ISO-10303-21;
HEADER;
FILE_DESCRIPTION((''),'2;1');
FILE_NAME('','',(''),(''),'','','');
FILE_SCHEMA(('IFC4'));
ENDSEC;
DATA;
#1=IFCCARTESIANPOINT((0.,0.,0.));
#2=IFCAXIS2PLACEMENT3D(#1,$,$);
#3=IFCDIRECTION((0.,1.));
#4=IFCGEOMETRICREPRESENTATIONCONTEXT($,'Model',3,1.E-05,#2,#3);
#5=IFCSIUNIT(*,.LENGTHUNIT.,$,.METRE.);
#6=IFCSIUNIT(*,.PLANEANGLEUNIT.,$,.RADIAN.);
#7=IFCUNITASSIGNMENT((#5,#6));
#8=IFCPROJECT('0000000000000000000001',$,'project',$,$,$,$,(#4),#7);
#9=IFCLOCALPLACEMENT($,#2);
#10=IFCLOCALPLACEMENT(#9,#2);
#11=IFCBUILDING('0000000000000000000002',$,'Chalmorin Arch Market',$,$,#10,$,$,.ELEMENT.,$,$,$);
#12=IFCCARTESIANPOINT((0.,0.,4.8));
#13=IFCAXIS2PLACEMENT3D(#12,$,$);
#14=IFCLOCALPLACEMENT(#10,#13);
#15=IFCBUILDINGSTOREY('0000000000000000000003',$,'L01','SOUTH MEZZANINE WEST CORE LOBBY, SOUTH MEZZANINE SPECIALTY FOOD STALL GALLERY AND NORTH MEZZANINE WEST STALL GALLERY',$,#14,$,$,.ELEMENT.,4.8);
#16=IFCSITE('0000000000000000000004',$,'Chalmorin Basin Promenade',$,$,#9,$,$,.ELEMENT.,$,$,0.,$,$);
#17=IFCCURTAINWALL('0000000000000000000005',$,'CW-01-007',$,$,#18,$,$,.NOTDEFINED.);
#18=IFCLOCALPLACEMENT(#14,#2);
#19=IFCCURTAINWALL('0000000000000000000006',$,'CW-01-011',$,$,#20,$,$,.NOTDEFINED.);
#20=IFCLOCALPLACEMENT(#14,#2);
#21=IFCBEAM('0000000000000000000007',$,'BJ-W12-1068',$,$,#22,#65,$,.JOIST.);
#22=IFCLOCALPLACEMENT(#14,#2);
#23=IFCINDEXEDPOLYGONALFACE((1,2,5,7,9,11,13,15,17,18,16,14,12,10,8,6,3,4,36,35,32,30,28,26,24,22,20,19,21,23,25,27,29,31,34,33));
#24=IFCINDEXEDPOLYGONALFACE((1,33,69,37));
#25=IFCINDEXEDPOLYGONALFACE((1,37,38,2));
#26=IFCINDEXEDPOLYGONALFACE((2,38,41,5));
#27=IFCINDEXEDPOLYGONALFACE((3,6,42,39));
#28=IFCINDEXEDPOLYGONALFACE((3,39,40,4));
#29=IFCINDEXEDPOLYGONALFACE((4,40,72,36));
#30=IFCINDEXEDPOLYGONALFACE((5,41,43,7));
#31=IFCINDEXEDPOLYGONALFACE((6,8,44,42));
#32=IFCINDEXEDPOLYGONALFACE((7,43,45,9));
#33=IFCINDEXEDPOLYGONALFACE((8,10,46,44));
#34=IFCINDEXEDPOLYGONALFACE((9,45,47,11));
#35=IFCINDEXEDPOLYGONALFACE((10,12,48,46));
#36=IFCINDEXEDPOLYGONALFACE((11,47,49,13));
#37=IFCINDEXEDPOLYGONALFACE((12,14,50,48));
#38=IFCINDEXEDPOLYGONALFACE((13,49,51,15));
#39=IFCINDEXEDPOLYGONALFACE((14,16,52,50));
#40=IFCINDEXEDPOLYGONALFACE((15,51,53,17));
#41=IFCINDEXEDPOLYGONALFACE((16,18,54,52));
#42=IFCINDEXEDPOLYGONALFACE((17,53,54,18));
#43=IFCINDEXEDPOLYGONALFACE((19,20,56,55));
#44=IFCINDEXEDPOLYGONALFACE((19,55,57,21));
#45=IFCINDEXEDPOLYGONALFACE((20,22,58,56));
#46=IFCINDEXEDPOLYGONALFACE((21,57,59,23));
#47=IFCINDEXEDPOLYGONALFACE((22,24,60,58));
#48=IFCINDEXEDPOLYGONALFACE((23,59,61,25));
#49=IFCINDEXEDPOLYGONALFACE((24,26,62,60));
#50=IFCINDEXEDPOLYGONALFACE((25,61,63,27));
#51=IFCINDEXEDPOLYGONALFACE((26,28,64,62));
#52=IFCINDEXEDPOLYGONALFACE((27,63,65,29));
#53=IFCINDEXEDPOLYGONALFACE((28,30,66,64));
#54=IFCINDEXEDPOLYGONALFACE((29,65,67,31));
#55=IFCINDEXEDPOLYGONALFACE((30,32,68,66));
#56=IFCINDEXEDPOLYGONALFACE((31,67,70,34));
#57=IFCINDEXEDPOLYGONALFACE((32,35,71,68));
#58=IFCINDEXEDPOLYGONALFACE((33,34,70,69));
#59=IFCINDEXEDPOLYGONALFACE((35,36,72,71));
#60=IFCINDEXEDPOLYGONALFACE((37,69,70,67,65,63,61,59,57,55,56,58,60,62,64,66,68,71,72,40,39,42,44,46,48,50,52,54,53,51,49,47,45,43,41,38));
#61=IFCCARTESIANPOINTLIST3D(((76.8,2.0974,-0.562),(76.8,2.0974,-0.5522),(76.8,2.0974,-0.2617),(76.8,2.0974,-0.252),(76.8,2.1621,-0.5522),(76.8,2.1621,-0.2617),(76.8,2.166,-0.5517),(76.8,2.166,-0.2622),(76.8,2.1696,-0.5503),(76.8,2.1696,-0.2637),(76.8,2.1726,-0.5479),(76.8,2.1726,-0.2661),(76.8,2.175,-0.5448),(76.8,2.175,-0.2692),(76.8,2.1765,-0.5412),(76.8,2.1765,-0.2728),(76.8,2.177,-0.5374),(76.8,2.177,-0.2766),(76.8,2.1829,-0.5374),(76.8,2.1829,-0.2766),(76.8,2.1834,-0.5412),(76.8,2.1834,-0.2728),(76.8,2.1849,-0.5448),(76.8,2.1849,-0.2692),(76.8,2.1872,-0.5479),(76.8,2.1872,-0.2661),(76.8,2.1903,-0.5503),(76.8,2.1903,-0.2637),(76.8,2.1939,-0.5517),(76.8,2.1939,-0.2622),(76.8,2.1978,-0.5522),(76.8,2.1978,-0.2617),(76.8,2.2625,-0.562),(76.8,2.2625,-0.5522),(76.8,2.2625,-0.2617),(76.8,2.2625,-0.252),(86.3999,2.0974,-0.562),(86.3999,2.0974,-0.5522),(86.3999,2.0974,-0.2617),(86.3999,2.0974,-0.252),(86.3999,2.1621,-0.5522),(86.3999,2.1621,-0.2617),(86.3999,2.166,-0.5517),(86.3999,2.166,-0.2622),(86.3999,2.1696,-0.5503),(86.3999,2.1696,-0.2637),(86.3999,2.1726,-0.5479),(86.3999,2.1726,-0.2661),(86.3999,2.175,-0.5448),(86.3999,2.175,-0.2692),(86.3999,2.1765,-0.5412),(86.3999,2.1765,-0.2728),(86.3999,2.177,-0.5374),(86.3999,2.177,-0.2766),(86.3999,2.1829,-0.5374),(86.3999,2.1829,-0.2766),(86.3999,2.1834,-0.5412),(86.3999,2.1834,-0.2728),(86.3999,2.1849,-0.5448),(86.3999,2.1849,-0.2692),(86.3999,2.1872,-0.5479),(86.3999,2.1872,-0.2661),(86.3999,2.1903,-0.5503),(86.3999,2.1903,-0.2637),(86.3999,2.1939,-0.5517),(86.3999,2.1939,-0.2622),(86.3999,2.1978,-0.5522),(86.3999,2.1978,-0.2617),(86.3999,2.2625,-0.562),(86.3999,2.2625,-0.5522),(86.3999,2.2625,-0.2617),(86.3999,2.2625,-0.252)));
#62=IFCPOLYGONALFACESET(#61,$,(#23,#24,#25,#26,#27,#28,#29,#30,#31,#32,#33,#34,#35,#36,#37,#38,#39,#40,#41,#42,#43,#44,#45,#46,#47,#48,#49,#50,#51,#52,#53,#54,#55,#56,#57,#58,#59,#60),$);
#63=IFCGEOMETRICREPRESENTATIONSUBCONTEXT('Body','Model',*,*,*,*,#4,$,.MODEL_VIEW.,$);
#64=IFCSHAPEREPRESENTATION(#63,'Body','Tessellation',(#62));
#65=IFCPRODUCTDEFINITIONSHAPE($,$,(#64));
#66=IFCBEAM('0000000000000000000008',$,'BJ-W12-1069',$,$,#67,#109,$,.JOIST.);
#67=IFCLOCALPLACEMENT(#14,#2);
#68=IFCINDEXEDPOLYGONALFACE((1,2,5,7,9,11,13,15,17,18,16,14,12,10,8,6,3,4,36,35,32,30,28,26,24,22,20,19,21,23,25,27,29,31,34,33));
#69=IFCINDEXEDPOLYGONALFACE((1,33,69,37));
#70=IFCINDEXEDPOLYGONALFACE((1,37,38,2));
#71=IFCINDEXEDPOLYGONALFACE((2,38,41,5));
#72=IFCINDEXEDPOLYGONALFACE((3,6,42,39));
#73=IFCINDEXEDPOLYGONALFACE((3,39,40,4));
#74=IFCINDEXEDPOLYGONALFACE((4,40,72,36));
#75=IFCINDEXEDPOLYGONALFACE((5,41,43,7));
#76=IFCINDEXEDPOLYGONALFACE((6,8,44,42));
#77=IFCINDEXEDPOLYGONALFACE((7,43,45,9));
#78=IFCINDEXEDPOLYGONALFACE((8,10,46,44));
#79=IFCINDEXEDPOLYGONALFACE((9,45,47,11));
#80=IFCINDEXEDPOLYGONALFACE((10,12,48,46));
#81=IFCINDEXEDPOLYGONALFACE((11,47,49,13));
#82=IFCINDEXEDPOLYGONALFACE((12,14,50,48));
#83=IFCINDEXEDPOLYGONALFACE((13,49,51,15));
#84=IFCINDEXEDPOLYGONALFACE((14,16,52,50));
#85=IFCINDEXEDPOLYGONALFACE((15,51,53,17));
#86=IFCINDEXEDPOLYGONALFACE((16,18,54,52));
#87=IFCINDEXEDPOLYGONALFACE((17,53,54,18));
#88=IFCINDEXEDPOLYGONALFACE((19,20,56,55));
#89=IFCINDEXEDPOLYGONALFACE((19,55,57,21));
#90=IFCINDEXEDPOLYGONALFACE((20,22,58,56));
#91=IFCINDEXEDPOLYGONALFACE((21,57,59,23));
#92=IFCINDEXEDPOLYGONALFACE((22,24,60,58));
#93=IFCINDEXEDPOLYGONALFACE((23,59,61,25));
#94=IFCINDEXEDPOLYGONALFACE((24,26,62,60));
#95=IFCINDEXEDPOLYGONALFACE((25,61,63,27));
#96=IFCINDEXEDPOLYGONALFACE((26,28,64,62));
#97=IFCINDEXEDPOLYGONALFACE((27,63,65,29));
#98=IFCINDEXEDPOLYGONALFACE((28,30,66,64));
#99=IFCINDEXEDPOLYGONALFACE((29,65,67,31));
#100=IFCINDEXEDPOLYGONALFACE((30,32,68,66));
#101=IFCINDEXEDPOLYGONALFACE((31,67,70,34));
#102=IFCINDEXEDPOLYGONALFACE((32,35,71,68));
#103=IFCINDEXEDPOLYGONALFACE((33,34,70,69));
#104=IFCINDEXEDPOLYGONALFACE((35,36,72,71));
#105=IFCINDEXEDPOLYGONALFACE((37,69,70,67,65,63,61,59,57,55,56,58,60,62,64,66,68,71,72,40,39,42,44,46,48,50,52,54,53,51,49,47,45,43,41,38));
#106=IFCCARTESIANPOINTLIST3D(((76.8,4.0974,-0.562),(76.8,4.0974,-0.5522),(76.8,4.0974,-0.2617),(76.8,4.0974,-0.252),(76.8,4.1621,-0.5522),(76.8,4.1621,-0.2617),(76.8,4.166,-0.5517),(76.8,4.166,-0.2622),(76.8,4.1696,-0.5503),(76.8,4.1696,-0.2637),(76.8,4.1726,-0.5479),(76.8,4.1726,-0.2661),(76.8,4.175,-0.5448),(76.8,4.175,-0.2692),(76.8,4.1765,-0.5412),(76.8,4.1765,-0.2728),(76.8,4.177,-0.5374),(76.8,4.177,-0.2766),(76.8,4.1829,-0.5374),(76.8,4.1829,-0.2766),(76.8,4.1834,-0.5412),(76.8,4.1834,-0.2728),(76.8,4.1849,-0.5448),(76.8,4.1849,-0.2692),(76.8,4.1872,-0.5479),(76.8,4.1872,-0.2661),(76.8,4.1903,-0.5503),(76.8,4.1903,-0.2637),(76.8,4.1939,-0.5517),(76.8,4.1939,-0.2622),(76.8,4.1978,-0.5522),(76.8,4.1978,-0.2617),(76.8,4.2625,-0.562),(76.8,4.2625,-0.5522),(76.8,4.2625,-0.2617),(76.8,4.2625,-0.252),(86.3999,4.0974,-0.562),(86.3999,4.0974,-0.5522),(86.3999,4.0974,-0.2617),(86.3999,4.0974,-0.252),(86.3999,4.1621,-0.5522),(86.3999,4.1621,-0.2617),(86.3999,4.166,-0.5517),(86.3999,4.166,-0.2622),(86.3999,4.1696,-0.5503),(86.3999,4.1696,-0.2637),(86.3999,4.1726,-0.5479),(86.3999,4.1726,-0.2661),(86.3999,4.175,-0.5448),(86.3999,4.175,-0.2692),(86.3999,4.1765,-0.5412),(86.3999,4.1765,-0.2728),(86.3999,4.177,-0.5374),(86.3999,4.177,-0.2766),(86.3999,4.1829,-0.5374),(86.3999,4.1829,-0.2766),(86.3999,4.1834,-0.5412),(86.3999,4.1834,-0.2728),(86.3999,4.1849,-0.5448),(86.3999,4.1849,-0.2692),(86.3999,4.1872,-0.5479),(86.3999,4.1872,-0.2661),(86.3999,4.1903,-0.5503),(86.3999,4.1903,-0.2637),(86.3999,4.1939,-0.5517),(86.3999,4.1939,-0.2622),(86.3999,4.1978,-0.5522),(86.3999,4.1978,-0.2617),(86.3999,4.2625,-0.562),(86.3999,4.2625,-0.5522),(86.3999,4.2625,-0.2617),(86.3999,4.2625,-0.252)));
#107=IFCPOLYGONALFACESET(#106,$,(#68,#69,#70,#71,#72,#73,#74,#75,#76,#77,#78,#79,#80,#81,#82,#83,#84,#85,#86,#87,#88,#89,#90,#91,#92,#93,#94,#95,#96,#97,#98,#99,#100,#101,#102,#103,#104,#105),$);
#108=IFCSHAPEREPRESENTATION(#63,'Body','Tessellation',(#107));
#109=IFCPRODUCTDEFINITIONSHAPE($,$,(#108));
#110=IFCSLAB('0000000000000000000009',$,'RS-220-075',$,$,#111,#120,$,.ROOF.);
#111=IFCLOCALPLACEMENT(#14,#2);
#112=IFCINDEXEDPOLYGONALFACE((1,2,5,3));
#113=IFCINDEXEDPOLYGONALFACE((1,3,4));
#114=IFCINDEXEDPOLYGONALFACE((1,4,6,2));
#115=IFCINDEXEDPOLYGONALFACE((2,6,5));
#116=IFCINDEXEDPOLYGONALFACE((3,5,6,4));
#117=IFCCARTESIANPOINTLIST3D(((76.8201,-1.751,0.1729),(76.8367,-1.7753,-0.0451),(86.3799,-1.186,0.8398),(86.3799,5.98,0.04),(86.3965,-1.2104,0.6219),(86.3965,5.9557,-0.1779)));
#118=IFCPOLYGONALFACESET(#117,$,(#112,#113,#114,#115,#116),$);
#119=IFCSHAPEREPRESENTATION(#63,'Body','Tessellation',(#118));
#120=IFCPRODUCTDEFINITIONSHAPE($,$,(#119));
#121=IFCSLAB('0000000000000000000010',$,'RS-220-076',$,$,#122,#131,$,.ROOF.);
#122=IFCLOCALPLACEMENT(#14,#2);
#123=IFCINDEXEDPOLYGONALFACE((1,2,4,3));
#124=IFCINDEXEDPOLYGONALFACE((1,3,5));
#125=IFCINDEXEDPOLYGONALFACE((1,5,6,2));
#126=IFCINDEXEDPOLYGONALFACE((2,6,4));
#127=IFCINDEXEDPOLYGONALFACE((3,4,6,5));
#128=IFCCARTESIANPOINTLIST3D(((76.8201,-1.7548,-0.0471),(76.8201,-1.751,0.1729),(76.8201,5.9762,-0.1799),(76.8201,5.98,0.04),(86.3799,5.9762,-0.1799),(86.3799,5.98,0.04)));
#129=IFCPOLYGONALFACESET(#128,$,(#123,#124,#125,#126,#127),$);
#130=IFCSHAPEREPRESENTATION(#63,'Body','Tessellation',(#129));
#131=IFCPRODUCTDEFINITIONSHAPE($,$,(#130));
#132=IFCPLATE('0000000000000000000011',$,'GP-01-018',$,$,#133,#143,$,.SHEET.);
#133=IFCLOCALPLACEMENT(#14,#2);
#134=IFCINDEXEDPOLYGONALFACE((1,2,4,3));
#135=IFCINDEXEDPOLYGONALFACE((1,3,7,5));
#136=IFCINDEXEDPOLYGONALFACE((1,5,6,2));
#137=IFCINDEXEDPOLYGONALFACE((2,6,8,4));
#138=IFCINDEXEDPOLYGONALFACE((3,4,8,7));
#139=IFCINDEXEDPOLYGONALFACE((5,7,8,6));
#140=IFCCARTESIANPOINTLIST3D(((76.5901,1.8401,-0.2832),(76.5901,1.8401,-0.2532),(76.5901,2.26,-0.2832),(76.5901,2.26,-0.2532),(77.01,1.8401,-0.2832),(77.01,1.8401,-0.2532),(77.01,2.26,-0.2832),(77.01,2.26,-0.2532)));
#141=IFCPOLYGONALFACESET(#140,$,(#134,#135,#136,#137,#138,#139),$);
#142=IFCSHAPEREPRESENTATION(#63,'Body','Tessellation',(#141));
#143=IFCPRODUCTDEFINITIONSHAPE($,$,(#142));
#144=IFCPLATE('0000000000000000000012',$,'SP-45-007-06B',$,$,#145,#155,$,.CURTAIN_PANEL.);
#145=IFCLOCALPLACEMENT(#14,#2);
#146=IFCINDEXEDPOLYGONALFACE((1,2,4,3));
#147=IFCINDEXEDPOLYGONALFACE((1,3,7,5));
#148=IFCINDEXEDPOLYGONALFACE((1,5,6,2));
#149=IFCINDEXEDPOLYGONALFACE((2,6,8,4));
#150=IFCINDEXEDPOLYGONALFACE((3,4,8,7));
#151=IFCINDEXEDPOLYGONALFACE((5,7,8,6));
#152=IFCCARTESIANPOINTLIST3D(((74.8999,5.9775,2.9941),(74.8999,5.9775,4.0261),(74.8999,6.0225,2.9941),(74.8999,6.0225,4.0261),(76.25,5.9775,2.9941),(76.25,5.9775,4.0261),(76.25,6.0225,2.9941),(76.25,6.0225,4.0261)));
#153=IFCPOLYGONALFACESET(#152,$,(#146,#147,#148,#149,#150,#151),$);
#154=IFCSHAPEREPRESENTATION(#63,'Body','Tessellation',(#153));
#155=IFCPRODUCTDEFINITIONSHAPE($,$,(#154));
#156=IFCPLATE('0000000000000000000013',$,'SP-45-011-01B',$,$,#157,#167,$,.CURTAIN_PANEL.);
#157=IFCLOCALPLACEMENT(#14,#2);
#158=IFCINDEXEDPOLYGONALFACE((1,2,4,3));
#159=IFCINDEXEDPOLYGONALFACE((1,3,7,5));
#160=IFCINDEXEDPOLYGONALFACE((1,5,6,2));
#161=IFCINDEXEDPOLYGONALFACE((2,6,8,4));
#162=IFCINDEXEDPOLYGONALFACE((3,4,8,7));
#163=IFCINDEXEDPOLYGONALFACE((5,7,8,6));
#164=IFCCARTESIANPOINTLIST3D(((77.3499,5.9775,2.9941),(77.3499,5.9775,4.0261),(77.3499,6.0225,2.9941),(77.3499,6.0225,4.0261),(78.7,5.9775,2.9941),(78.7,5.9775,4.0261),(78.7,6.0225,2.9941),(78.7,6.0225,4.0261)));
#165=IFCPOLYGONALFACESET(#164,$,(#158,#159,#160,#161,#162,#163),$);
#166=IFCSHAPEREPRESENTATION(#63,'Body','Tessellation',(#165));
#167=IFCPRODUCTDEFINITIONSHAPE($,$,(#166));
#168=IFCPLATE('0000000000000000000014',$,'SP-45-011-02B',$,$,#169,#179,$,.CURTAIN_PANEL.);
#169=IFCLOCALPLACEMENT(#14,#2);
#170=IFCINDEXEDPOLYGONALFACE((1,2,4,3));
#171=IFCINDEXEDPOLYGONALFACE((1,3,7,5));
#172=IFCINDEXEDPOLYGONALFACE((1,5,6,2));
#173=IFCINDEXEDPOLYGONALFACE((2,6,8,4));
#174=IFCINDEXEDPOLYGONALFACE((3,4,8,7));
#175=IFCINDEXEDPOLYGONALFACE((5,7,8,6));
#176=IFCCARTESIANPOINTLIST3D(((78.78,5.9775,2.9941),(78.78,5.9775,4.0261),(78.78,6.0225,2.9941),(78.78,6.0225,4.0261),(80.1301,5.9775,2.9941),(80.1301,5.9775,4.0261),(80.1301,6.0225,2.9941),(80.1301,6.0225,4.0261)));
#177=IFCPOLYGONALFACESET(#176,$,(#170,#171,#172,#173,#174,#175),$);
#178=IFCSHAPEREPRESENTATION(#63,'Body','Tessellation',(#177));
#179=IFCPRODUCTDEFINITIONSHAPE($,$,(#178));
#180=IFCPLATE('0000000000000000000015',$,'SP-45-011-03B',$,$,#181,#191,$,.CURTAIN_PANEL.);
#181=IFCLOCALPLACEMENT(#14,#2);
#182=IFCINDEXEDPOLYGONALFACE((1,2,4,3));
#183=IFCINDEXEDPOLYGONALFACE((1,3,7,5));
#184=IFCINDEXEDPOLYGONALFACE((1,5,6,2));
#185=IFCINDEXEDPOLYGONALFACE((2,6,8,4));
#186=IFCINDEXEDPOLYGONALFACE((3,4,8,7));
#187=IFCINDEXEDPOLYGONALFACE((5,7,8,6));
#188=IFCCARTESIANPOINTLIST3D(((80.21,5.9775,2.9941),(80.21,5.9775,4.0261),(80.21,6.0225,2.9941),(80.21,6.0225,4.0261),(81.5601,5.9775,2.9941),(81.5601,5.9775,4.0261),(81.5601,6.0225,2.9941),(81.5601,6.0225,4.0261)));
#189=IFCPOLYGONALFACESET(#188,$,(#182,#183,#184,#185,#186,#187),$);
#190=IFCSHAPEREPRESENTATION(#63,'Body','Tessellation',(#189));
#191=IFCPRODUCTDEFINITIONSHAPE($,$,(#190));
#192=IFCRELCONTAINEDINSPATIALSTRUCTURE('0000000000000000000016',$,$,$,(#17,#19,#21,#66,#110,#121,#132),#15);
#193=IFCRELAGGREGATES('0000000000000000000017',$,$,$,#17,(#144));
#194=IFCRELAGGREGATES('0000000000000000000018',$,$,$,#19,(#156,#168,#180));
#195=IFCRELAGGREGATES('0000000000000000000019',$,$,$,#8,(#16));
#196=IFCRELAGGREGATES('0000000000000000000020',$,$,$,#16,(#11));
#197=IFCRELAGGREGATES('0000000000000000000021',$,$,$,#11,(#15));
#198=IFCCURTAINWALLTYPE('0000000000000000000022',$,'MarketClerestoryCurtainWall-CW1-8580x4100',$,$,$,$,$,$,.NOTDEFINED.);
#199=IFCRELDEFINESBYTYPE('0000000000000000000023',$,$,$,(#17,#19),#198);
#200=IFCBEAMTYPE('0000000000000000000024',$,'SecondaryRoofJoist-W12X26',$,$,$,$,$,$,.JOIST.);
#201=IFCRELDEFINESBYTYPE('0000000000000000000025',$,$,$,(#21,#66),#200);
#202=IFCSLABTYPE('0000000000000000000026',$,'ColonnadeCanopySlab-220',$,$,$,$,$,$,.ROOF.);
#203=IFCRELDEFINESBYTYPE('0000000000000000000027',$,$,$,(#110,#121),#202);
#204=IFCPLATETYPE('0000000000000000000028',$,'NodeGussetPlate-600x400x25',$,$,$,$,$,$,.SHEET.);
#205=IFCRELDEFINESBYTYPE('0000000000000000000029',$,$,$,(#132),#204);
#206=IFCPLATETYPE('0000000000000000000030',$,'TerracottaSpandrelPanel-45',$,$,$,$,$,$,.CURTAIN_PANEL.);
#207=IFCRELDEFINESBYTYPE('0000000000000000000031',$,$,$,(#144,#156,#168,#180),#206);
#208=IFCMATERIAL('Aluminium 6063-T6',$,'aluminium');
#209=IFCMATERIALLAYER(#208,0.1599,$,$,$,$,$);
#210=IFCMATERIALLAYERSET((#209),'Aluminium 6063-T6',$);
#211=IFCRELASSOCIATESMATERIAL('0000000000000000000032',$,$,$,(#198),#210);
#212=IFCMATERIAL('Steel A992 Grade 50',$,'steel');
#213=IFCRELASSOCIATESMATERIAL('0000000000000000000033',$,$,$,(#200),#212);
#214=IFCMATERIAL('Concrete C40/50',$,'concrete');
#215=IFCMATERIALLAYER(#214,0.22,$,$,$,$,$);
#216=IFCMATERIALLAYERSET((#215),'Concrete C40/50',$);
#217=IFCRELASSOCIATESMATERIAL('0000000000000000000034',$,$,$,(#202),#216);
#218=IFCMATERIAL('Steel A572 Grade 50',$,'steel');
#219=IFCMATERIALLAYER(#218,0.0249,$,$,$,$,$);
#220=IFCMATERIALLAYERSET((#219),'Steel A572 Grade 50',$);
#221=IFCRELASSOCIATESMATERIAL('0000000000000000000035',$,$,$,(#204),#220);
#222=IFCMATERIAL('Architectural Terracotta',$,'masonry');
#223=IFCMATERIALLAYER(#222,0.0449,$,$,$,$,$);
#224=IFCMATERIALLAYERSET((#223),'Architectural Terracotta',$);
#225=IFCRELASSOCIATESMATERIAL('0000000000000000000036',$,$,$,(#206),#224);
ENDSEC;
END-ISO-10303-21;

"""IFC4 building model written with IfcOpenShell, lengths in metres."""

from ifc_helpers import new_model, si_unit, direction, frame, origin, origin_2d, place, context, subcontext, project, spatial, polyline, rectangle, i_section, outline, extrude, material, layer, layer_set, material_profile, profile_set, type_object, element, aggregate, save


model = new_model("IFC4")

# Units and contexts
model_context = context("Model", 3, precision=1e-05, world=origin(), true_north=direction((0.0, 1.0)))
body_context = subcontext(model_context, "Body", "Model", "MODEL_VIEW")
ifc_project = project(units=[si_unit("LENGTHUNIT", "METRE"), si_unit("PLANEANGLEUNIT", "RADIAN")], contexts=[model_context])

# Site, building, storey
site_placement = place(None, origin())
site = spatial("IfcSite", under=ifc_project, at=site_placement, Name="Chalmorin Basin Promenade", CompositionType="ELEMENT", RefElevation=0.0)
building_placement = place(site_placement, origin())
building = spatial("IfcBuilding", under=site, at=building_placement, Name="Chalmorin Arch Market", CompositionType="ELEMENT")
storey_placement = place(building_placement, frame((0.0, 0.0, 4.8)))
storey = spatial("IfcBuildingStorey", under=building, at=storey_placement, Name="L01", Description="SOUTH MEZZANINE WEST CORE LOBBY, SOUTH MEZZANINE SPECIALTY FOOD STALL GALLERY AND NORTH MEZZANINE WEST STALL GALLERY", CompositionType="ELEMENT", Elevation=4.8)

# Curtain wall
ifc_material_1 = material(Name="Aluminium 6063-T6", Category="aluminium")
ifc_layer_1 = layer(ifc_material_1, 0.1599)
ifc_layer_set_1 = layer_set([ifc_layer_1], Name="Aluminium 6063-T6")
curtain_wall_type = type_object("IfcCurtainWallType", Name="MarketClerestoryCurtainWall-CW1-8580x4100", PredefinedType="NOTDEFINED", material=ifc_layer_set_1)
curtain_wall_1_placement = place(storey_placement, origin())
curtain_wall_1 = element("IfcCurtainWall", 1, at=curtain_wall_1_placement, inside=storey, type_object=curtain_wall_type, Name="CW-01-007", PredefinedType="NOTDEFINED")

# Curtain wall
curtain_wall_2_placement = place(storey_placement, origin())
curtain_wall_2 = element("IfcCurtainWall", 2, at=curtain_wall_2_placement, inside=storey, type_object=curtain_wall_type, Name="CW-01-011", PredefinedType="NOTDEFINED")

# Beams
ifc_material_2 = material(Name="Steel A992 Grade 50", Category="steel")
ifc_material_profile_1 = material_profile(ifc_material_2, i_section(OverallWidth=0.165, OverallDepth=0.3101, WebThickness=0.0059, FlangeThickness=0.0098, FilletRadius=0.0149, at=origin_2d()), Name="W12X26")
ifc_profile_set_1 = profile_set([ifc_material_profile_1], Name="Steel A992 Grade 50")
beam_type_1 = type_object("IfcBeamType", Name="SecondaryRoofJoist-W12X26", PredefinedType="JOIST", material=ifc_profile_set_1)
for number, where, z_axis, x_axis, name in (
    (3, (76.8, 2.1799, -0.407), (1.0, 0.0, 0.0), (0.0, 1.0, 0.0), "BJ-W12-1068"),
    (4, (76.8, 4.1799, -0.407), (1.0, 0.0, 0.0), (0.0, 1.0, 0.0), "BJ-W12-1069"),
):
    element("IfcBeam", number, at=place(storey_placement, frame(where, z_axis=z_axis, x_axis=x_axis)), inside=storey, type_object=beam_type_1, Name=name, PredefinedType="JOIST", context=body_context, shape_type="SweptSolid", body=[
        extrude(i_section(OverallWidth=0.165, OverallDepth=0.3101, WebThickness=0.0059, FlangeThickness=0.0098, FilletRadius=0.0149, at=origin_2d()), origin(), (0.0, 0.0, 1.0), 9.5999),
    ])

# Slabs
ifc_material_3 = material(Name="Concrete C40/50", Category="concrete")
ifc_layer_2 = layer(ifc_material_3, 0.22)
ifc_layer_set_2 = layer_set([ifc_layer_2], Name="Concrete C40/50")
slab_type = type_object("IfcSlabType", Name="ColonnadeCanopySlab-220", PredefinedType="ROOF", material=ifc_layer_set_2)
slab_1_placement = place(storey_placement, frame((76.8201, -1.751, 0.1729), z_axis=(-0.075677, 0.110604, 0.990979), x_axis=(0.995846, 0.05885, 0.069481)))
element("IfcSlab", 5, at=slab_1_placement, inside=storey, type_object=slab_type, Name="RS-220-075", PredefinedType="ROOF", context=body_context, shape_type="SweptSolid", body=[
    extrude(outline(polyline([(0.0, 0.0), (9.5997, 0.0), (9.9658, 7.2012), (0.0, 0.0)])), origin(), (0.0, 0.0, -1.0), 0.22),
])
slab_2_placement = place(storey_placement, frame((76.8201, -1.751, 0.1729), z_axis=(0.0, 0.017177, 0.999852), x_axis=(0.777515, 0.628771, -0.010802)))
element("IfcSlab", 6, at=slab_2_placement, inside=storey, type_object=slab_type, Name="RS-220-076", PredefinedType="ROOF", context=body_context, shape_type="SweptSolid", body=[
    extrude(outline(polyline([(0.0, 0.0), (12.2953, 0.0), (4.8624, 6.0118), (0.0, 0.0)])), origin(), (0.0, 0.0, -1.0), 0.22),
])

# Plates
ifc_material_4 = material(Name="Steel A572 Grade 50", Category="steel")
ifc_layer_3 = layer(ifc_material_4, 0.0249)
ifc_layer_set_3 = layer_set([ifc_layer_3], Name="Steel A572 Grade 50")
plate_type_1 = type_object("IfcPlateType", Name="NodeGussetPlate-600x400x25", PredefinedType="SHEET", material=ifc_layer_set_3)
plate_1_placement = place(storey_placement, frame((76.8, 2.05, -0.2832), z_axis=(0.0, 0.0, 1.0), x_axis=(1.0, 0.0, 0.0)))
element("IfcPlate", 7, at=plate_1_placement, inside=storey, type_object=plate_type_1, Name="GP-01-018", PredefinedType="SHEET", context=body_context, shape_type="SweptSolid", body=[
    extrude(rectangle(XDim=0.4199, YDim=0.4199, at=origin_2d()), origin(), (0.0, 0.0, 1.0), 0.03),
])
ifc_material_5 = material(Name="Architectural Terracotta", Category="masonry")
ifc_layer_4 = layer(ifc_material_5, 0.0449)
ifc_layer_set_4 = layer_set([ifc_layer_4], Name="Architectural Terracotta")
plate_type_2 = type_object("IfcPlateType", Name="TerracottaSpandrelPanel-45", PredefinedType="CURTAIN_PANEL", material=ifc_layer_set_4)
plate_2_placement = place(storey_placement, frame((75.575, 6.0, 2.9941), z_axis=(0.0, 0.0, 1.0), x_axis=(1.0, 0.0, 0.0)))
plate_2 = element("IfcPlate", 8, at=plate_2_placement, type_object=plate_type_2, Name="SP-45-007-06B", PredefinedType="CURTAIN_PANEL", context=body_context, shape_type="SweptSolid", body=[
    extrude(rectangle(XDim=1.3501, YDim=0.0449, at=origin_2d()), origin(), (0.0, 0.0, 1.0), 1.032),
])
plate_3_placement = place(storey_placement, frame((78.0249, 6.0, 2.9941), z_axis=(0.0, 0.0, 1.0), x_axis=(1.0, 0.0, 0.0)))
plate_3 = element("IfcPlate", 9, at=plate_3_placement, type_object=plate_type_2, Name="SP-45-011-01B", PredefinedType="CURTAIN_PANEL", context=body_context, shape_type="SweptSolid", body=[
    extrude(rectangle(XDim=1.3501, YDim=0.0449, at=origin_2d()), origin(), (0.0, 0.0, 1.0), 1.032),
])
plate_4_placement = place(storey_placement, frame((79.4551, 6.0, 2.9941), z_axis=(0.0, 0.0, 1.0), x_axis=(1.0, 0.0, 0.0)))
plate_4 = element("IfcPlate", 10, at=plate_4_placement, type_object=plate_type_2, Name="SP-45-011-02B", PredefinedType="CURTAIN_PANEL", context=body_context, shape_type="SweptSolid", body=[
    extrude(rectangle(XDim=1.3501, YDim=0.0449, at=origin_2d()), origin(), (0.0, 0.0, 1.0), 1.032),
])
plate_5_placement = place(storey_placement, frame((80.885, 6.0, 2.9941), z_axis=(0.0, 0.0, 1.0), x_axis=(1.0, 0.0, 0.0)))
plate_5 = element("IfcPlate", 11, at=plate_5_placement, type_object=plate_type_2, Name="SP-45-011-03B", PredefinedType="CURTAIN_PANEL", context=body_context, shape_type="SweptSolid", body=[
    extrude(rectangle(XDim=1.3501, YDim=0.0449, at=origin_2d()), origin(), (0.0, 0.0, 1.0), 1.032),
])
aggregate(curtain_wall_1, [plate_2])
aggregate(curtain_wall_2, [plate_3, plate_4, plate_5])

save(model, "model.ifc")
